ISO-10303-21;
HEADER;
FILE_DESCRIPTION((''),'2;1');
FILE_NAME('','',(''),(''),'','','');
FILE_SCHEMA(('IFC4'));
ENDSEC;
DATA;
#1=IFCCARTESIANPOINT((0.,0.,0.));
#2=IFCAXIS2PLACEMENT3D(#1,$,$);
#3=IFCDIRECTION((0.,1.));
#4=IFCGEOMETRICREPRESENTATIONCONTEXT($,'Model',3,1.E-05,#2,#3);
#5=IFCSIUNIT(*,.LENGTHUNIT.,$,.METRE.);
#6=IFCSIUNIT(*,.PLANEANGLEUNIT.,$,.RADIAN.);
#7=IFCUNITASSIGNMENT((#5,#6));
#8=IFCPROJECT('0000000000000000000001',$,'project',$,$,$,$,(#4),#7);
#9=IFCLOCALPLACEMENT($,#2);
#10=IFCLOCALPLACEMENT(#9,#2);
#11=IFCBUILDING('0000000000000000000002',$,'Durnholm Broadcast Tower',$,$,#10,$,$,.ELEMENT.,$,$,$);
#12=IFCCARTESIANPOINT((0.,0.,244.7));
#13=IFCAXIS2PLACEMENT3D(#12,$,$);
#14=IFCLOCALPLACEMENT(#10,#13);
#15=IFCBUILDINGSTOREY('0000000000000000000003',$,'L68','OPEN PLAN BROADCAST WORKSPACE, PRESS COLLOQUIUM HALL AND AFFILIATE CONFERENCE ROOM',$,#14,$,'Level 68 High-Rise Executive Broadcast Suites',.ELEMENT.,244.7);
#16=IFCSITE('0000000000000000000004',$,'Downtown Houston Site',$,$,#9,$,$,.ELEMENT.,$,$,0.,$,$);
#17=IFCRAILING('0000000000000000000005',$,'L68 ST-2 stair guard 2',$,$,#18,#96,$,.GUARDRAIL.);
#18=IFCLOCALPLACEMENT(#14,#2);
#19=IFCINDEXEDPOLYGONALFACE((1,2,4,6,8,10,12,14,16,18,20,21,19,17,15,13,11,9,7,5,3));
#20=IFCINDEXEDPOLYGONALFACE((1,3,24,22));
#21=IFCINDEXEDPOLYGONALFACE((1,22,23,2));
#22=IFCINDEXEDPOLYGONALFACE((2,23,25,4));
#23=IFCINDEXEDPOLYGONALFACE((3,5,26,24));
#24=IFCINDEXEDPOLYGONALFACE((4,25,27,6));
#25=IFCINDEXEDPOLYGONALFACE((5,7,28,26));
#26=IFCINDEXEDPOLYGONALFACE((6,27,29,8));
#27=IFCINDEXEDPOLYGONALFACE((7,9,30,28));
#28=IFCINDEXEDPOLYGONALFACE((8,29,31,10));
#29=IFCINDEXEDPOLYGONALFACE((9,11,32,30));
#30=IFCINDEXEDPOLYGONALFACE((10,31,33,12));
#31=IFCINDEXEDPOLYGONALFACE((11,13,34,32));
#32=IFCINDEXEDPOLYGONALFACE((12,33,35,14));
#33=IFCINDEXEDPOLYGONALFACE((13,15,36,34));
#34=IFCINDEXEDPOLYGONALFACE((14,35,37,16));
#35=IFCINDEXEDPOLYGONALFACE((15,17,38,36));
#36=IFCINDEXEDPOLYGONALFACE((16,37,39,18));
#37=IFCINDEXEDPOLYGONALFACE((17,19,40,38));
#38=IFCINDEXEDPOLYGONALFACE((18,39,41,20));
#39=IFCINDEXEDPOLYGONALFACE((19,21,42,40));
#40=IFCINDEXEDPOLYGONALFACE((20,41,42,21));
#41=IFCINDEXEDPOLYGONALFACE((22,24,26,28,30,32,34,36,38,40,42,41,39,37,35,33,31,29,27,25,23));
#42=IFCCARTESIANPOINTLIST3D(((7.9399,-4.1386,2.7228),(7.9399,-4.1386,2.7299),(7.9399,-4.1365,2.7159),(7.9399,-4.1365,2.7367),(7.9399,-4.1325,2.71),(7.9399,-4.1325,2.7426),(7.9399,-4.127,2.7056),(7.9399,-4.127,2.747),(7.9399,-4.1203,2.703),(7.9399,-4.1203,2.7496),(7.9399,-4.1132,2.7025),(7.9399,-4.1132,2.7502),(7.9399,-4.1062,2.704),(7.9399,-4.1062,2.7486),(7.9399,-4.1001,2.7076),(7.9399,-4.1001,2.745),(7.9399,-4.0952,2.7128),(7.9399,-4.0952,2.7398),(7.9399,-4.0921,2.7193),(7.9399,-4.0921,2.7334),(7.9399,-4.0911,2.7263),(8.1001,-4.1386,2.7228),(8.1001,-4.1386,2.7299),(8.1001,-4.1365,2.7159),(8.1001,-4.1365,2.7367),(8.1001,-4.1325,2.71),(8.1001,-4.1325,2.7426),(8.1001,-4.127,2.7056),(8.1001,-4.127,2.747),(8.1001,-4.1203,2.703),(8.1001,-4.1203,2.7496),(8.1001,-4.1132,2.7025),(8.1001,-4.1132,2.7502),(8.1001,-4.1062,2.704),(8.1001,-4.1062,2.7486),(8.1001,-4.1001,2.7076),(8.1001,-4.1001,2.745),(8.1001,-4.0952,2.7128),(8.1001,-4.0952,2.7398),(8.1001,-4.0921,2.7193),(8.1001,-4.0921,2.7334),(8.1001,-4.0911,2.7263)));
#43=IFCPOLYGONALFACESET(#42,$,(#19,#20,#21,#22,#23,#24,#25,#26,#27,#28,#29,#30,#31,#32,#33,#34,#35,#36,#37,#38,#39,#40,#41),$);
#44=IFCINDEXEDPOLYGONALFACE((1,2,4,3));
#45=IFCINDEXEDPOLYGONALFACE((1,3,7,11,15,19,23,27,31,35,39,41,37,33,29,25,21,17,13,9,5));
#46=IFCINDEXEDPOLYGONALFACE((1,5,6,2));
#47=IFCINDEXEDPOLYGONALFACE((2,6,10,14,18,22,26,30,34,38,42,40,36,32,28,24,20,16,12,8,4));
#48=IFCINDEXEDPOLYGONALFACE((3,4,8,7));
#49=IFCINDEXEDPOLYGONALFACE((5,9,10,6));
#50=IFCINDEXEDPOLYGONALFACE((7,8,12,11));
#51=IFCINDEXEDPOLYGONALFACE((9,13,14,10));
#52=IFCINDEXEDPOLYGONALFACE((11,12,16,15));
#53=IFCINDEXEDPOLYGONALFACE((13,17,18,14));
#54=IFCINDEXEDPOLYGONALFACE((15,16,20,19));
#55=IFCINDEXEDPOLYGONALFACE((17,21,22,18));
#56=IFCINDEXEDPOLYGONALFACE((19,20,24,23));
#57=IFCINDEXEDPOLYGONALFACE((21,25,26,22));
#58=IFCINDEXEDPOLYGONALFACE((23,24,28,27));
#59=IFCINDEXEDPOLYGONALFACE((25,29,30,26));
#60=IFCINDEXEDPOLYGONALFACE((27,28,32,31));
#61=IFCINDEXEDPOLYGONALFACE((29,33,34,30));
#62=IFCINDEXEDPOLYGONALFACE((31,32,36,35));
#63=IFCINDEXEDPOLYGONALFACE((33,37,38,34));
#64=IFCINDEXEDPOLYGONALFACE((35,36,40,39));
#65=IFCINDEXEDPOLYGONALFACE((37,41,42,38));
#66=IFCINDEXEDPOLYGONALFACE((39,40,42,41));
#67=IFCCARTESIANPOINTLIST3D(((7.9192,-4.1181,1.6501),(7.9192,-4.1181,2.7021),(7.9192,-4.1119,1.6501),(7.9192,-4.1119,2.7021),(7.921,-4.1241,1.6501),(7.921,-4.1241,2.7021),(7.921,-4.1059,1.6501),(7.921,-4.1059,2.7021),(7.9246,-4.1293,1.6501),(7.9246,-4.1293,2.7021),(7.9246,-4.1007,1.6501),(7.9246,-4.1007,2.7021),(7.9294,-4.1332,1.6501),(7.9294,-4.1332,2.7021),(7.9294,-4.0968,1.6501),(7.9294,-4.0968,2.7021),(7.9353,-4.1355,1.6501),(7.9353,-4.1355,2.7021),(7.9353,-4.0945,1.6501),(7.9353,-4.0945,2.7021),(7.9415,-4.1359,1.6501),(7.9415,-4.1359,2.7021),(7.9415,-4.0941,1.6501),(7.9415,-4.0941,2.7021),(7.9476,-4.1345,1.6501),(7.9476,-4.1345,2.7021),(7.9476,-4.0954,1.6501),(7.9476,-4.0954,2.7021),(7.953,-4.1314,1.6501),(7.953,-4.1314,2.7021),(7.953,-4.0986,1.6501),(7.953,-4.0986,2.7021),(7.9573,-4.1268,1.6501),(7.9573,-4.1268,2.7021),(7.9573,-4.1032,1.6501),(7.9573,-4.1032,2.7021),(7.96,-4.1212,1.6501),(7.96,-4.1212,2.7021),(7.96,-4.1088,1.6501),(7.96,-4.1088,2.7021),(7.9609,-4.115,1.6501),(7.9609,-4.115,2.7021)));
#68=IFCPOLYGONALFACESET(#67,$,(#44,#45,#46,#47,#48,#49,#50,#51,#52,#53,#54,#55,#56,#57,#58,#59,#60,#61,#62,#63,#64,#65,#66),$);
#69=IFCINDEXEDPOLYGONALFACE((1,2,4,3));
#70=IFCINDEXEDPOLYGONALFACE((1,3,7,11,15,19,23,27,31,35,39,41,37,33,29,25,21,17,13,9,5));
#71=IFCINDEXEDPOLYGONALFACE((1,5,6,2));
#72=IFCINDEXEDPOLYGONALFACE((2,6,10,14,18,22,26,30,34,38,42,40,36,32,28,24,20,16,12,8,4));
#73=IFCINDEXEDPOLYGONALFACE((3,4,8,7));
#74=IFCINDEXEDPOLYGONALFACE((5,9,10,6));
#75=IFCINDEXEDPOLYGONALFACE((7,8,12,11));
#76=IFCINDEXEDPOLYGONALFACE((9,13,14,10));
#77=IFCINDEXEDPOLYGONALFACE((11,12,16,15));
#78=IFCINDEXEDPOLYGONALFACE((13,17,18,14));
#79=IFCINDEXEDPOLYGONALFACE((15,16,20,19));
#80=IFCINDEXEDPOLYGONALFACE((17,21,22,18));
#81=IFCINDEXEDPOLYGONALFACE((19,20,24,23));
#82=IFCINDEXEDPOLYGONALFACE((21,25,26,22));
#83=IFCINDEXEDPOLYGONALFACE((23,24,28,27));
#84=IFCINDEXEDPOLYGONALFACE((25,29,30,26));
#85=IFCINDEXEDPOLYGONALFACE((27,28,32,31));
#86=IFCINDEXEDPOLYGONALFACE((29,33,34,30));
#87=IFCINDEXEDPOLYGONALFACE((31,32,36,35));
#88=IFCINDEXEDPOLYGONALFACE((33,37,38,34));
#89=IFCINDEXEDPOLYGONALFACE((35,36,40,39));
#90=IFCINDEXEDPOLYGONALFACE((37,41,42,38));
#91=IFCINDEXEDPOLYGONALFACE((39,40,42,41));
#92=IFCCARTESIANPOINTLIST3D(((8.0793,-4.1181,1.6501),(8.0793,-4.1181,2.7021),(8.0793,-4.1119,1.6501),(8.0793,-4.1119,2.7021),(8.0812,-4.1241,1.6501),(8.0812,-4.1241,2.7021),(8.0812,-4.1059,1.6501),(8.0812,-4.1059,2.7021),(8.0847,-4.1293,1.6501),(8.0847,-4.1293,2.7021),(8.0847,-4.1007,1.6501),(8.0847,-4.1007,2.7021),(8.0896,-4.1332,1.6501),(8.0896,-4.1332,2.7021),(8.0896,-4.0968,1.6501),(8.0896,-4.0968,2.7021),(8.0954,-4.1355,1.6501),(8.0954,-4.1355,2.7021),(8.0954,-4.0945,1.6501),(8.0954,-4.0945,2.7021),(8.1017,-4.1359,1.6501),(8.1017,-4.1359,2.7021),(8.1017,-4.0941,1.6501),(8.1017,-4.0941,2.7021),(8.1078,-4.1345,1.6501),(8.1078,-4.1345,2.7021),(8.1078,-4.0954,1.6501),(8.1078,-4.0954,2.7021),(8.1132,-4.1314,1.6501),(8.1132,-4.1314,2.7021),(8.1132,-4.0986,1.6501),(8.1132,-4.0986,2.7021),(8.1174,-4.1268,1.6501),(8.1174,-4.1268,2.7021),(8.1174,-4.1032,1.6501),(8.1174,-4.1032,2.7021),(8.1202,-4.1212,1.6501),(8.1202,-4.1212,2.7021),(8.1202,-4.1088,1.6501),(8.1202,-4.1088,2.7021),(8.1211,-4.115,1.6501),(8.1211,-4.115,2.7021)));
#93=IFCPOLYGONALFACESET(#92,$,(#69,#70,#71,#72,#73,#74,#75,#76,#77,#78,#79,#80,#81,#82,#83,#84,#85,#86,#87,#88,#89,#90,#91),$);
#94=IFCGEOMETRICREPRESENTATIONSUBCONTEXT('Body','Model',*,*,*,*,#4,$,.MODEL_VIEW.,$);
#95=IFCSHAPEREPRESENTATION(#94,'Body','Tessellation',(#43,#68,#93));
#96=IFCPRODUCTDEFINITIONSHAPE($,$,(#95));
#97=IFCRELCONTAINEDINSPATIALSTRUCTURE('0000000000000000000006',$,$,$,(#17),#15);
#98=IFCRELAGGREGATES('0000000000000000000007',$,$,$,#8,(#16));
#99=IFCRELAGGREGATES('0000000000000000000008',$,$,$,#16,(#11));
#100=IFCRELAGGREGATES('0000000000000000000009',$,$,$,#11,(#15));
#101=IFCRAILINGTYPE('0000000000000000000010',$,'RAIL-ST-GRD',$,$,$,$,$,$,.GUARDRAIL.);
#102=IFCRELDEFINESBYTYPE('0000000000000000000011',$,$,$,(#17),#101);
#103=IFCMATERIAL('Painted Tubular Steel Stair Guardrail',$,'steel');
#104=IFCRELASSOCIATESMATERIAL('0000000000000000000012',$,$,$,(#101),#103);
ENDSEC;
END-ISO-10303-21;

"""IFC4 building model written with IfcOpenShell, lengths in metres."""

from ifc_helpers import new_model, si_unit, direction, frame, origin, origin_2d, place, context, subcontext, project, spatial, circle, extrude, material, type_object, element, save


model = new_model("IFC4")

# Units and contexts
model_context = context("Model", 3, precision=1e-05, world=origin(), true_north=direction((0.0, 1.0)))
body_context = subcontext(model_context, "Body", "Model", "MODEL_VIEW")
ifc_project = project(units=[si_unit("LENGTHUNIT", "METRE"), si_unit("PLANEANGLEUNIT", "RADIAN")], contexts=[model_context])

# Site, building, storey
site_placement = place(None, origin())
site = spatial("IfcSite", under=ifc_project, at=site_placement, Name="Downtown Houston Site", CompositionType="ELEMENT", RefElevation=0.0)
building_placement = place(site_placement, origin())
building = spatial("IfcBuilding", under=site, at=building_placement, Name="Durnholm Broadcast Tower", CompositionType="ELEMENT")
storey_placement = place(building_placement, frame((0.0, 0.0, 244.7)))
storey = spatial("IfcBuildingStorey", under=building, at=storey_placement, Name="L68", Description="OPEN PLAN BROADCAST WORKSPACE, PRESS COLLOQUIUM HALL AND AFFILIATE CONFERENCE ROOM", LongName="Level 68 High-Rise Executive Broadcast Suites", CompositionType="ELEMENT", Elevation=244.7)

# Railing
ifc_material_1 = material(Name="Painted Tubular Steel Stair Guardrail", Category="steel")
railing_type_1 = type_object("IfcRailingType", Name="RAIL-ST-GRD", PredefinedType="GUARDRAIL", material=ifc_material_1)
railing_1_placement = place(storey_placement, frame((7.9399, -4.115, 1.6501)))
element("IfcRailing", 1, at=railing_1_placement, inside=storey, type_object=railing_type_1, Name="L68 ST-2 stair guard 2", PredefinedType="GUARDRAIL", context=body_context, shape_type="SweptSolid", body=[
    extrude(circle(Radius=0.0239, at=origin_2d()), frame((0.0, 0.0, 1.0762), z_axis=(1.0, 0.0, 0.0), x_axis=(0.0, 1.0, 0.0)), (0.0, 0.0, 1.0), 0.1602),
    extrude(circle(Radius=0.021, at=origin_2d()), origin(), (0.0, 0.0, 1.0), 1.052),
    extrude(circle(Radius=0.021, at=origin_2d()), frame((0.1602, 0.0, 0.0)), (0.0, 0.0, 1.0), 1.052),
])

save(model, "model.ifc")
